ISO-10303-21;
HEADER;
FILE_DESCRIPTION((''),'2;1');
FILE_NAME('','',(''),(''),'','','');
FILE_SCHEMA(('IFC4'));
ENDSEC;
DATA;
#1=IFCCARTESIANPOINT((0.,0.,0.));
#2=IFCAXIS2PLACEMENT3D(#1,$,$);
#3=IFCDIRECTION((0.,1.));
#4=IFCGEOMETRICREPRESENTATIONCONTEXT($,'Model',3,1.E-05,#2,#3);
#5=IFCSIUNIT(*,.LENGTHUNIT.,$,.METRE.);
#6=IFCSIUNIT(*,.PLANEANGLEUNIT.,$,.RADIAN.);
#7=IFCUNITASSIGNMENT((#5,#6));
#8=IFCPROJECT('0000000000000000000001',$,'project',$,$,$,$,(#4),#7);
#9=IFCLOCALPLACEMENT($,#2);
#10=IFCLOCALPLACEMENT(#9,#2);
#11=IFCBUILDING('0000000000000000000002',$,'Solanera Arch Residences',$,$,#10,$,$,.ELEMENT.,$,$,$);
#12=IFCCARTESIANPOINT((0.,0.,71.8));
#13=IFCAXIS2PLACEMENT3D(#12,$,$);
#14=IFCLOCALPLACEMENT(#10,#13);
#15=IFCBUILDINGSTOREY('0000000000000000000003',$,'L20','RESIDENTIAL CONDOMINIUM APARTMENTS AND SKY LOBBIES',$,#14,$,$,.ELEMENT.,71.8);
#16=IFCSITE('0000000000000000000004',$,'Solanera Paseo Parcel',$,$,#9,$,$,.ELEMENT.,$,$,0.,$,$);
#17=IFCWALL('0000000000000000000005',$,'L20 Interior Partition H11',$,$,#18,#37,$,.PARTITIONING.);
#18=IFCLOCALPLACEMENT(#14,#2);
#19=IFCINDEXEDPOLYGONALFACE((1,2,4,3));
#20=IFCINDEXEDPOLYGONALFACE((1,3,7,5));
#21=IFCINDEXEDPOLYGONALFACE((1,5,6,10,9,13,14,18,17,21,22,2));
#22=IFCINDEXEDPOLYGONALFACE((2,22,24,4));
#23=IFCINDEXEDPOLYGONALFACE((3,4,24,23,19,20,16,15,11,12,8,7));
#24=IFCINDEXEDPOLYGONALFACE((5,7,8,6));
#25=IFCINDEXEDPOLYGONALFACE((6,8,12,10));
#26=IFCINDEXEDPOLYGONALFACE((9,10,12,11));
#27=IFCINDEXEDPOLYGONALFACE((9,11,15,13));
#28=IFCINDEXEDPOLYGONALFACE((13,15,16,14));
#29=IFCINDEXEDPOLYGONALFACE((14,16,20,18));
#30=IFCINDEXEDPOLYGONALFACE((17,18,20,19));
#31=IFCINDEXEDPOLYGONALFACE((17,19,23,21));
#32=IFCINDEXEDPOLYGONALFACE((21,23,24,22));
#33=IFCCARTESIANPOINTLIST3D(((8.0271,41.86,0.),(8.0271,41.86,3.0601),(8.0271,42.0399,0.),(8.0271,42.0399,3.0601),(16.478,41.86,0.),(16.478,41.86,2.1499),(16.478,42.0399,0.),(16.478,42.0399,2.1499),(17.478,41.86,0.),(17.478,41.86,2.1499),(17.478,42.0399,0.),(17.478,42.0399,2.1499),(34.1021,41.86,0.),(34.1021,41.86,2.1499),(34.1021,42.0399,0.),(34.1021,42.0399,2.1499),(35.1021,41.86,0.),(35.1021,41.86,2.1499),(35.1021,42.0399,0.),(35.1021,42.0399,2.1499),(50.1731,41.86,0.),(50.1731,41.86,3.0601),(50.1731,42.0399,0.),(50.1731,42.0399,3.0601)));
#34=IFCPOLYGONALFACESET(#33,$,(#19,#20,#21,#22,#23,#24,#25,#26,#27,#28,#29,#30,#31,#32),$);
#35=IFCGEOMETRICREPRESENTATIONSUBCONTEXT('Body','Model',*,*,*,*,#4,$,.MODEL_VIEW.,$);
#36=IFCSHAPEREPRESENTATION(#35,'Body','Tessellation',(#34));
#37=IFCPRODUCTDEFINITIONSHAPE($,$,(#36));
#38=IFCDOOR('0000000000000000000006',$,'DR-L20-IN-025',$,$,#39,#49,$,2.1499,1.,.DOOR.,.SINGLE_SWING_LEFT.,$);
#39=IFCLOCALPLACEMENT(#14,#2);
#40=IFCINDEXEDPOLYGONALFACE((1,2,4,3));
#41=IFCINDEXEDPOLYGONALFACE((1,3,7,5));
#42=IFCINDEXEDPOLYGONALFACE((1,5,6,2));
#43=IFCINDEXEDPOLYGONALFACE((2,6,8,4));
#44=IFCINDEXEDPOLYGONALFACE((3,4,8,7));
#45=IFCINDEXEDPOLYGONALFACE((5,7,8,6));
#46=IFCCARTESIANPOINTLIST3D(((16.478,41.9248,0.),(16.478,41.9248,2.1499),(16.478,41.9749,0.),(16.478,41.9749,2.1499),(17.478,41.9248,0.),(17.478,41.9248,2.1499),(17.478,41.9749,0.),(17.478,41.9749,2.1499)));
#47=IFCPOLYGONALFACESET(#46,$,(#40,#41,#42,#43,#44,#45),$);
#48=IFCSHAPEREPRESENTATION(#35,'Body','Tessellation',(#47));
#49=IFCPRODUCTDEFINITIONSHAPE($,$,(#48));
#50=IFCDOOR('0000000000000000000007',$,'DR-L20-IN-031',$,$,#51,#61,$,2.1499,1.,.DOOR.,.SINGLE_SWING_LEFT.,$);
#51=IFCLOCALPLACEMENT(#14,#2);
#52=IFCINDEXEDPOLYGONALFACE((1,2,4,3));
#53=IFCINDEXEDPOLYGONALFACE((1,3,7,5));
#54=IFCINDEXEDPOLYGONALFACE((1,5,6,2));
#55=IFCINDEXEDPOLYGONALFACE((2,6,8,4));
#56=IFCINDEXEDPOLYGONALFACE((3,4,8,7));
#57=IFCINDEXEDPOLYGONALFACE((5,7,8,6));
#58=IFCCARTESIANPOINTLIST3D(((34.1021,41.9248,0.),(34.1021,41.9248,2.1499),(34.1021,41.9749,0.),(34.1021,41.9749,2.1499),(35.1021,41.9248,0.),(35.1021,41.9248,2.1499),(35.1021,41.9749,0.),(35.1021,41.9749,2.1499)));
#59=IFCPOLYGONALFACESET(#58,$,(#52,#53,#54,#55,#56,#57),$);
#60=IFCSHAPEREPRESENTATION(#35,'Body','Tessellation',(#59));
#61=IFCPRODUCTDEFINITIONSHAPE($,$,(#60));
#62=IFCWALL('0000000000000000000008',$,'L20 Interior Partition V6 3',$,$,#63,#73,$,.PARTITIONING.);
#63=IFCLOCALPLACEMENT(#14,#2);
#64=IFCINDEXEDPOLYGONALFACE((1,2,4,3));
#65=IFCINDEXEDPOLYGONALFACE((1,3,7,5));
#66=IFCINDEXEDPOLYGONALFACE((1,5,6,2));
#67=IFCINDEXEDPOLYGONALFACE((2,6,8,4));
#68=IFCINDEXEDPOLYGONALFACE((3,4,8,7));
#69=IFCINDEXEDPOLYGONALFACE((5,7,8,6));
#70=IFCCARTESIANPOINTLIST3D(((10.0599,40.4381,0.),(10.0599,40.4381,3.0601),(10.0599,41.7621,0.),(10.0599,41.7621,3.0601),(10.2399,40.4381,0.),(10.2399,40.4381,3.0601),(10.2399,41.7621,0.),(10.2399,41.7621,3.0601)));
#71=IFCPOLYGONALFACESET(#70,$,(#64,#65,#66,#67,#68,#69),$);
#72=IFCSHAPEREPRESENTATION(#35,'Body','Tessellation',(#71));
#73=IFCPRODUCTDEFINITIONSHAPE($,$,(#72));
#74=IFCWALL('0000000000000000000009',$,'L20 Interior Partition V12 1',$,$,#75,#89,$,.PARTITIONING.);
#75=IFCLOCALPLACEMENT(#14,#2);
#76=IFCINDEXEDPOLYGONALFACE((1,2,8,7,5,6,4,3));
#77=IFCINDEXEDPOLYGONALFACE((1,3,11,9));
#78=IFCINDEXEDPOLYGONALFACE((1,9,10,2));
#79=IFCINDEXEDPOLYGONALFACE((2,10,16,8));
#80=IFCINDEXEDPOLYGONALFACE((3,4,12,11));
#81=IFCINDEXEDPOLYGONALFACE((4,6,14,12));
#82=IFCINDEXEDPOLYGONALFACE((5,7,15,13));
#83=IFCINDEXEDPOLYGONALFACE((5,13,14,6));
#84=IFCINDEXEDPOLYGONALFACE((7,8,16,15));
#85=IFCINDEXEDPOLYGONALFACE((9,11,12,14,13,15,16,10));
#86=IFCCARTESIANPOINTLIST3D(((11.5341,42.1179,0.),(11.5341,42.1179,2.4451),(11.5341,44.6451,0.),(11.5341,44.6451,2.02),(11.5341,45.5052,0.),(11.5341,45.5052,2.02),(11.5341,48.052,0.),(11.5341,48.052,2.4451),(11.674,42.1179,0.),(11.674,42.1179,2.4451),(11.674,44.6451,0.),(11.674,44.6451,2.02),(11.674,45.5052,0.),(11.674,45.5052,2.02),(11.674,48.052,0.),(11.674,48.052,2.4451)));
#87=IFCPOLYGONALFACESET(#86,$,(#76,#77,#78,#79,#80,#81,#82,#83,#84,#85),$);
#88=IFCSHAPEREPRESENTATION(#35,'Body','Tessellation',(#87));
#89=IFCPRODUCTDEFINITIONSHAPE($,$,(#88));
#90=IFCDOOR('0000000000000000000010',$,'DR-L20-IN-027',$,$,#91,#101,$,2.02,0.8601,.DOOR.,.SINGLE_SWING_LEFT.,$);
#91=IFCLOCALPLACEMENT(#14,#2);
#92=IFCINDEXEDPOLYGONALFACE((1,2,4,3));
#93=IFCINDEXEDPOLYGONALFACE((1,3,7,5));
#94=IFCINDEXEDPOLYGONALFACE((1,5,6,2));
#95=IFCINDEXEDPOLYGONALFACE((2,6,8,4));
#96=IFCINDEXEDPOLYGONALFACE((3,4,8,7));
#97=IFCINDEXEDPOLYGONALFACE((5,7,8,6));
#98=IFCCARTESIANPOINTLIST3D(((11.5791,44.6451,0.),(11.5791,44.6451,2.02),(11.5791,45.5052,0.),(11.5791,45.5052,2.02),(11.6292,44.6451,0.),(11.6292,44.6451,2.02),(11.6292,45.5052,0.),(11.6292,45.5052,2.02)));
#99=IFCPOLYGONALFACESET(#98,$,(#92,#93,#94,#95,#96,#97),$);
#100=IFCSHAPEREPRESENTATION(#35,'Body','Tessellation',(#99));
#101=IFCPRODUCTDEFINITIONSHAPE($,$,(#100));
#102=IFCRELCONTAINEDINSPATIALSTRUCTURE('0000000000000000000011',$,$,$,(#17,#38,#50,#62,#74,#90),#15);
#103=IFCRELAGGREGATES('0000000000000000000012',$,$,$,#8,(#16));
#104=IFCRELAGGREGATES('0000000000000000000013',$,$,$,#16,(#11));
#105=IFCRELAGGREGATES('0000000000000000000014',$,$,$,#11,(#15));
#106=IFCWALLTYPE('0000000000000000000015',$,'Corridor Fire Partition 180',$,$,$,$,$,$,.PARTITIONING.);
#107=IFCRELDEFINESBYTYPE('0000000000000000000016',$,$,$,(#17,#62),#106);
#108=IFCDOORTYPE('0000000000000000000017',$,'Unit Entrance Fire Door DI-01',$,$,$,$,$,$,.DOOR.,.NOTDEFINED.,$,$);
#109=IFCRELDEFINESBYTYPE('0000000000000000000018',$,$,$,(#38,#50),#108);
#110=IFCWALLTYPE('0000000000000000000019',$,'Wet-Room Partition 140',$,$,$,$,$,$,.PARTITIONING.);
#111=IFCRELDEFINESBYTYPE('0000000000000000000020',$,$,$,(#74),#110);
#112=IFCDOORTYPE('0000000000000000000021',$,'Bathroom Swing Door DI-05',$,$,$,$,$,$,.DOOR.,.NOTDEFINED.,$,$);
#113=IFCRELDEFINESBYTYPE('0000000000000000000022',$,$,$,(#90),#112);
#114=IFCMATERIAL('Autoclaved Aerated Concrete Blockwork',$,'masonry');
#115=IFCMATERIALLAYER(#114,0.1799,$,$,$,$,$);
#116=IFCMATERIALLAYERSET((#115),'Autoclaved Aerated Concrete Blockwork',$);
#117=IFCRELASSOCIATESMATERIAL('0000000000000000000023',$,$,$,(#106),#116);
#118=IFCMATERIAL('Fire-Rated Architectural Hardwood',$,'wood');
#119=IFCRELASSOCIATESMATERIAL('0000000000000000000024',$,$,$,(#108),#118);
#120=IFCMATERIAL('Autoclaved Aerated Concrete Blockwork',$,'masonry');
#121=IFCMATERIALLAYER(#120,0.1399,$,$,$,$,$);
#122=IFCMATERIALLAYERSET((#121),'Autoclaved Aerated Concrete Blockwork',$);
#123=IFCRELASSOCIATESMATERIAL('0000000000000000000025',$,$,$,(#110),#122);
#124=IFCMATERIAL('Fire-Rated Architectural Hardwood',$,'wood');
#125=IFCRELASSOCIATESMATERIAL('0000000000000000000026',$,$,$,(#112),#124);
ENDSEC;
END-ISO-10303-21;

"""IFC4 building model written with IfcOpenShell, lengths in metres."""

from ifc_helpers import new_model, si_unit, direction, frame, frame_2d, origin, place, context, subcontext, project, spatial, rectangle, extrude, material, layer, layer_set, type_object, element, fill, save


model = new_model("IFC4")

# Units and contexts
model_context = context("Model", 3, precision=1e-05, world=origin(), true_north=direction((0.0, 1.0)))
body_context = subcontext(model_context, "Body", "Model", "MODEL_VIEW")
ifc_project = project(units=[si_unit("LENGTHUNIT", "METRE"), si_unit("PLANEANGLEUNIT", "RADIAN")], contexts=[model_context])

# Site, building, storey
site_placement = place(None, origin())
site = spatial("IfcSite", under=ifc_project, at=site_placement, Name="Solanera Paseo Parcel", CompositionType="ELEMENT", RefElevation=0.0)
building_placement = place(site_placement, origin())
building = spatial("IfcBuilding", under=site, at=building_placement, Name="Solanera Arch Residences", CompositionType="ELEMENT")
storey_placement = place(building_placement, frame((0.0, 0.0, 71.8)))
storey = spatial("IfcBuildingStorey", under=building, at=storey_placement, Name="L20", Description="RESIDENTIAL CONDOMINIUM APARTMENTS AND SKY LOBBIES", CompositionType="ELEMENT", Elevation=71.8)

# Wall, openings, doors
ifc_material_1 = material(Name="Autoclaved Aerated Concrete Blockwork", Category="masonry")
ifc_layer_1 = layer(ifc_material_1, 0.1799)
ifc_layer_set_1 = layer_set([ifc_layer_1], Name="Autoclaved Aerated Concrete Blockwork")
wall_type_1 = type_object("IfcWallType", Name="Corridor Fire Partition 180", PredefinedType="PARTITIONING", material=ifc_layer_set_1)
ifc_material_2 = material(Name="Fire-Rated Architectural Hardwood", Category="wood")
door_type_1 = type_object("IfcDoorType", Name="Unit Entrance Fire Door DI-01", OperationType="NOTDEFINED", PredefinedType="DOOR", material=ifc_material_2)
wall_1_placement = place(storey_placement, frame((8.0271, 41.95, 0.0), z_axis=(0.0, 0.0, 1.0), x_axis=(1.0, 0.0, 0.0)))
wall_1 = element("IfcWall", 1, at=wall_1_placement, inside=storey, type_object=wall_type_1, Name="L20 Interior Partition H11", PredefinedType="PARTITIONING", context=body_context, shape_type="SweptSolid", body=[
    extrude(rectangle(XDim=42.146, YDim=0.1799, at=frame_2d((21.073, 0.0))), origin(), (0.0, 0.0, 1.0), 3.0601),
])
opening_1_placement = place(wall_1_placement, frame((8.4509, 0.0, 0.0)))
opening_1 = element("IfcOpeningElement", 2, at=opening_1_placement, cuts=wall_1, PredefinedType="OPENING", context=body_context, shape_type="SweptSolid", body=[
    extrude(rectangle(XDim=1.0, YDim=2.1499, at=frame_2d((0.5, 1.075))), frame((0.0, 0.1001, 0.0), z_axis=(0.0, -1.0, 0.0), x_axis=(1.0, 0.0, 0.0)), (0.0, 0.0, 1.0), 0.1999),
])
opening_2_placement = place(wall_1_placement, frame((26.075, 0.0, 0.0)))
opening_2 = element("IfcOpeningElement", 3, at=opening_2_placement, cuts=wall_1, PredefinedType="OPENING", context=body_context, shape_type="SweptSolid", body=[
    extrude(rectangle(XDim=1.0, YDim=2.1499, at=frame_2d((0.5, 1.075))), frame((0.0, 0.1001, 0.0), z_axis=(0.0, -1.0, 0.0), x_axis=(1.0, 0.0, 0.0)), (0.0, 0.0, 1.0), 0.1999),
])
door_1_placement = place(opening_1_placement, origin())
door_1 = element("IfcDoor", 4, at=door_1_placement, inside=storey, type_object=door_type_1, Name="DR-L20-IN-025", OperationType="SINGLE_SWING_LEFT", OverallHeight=2.1499, OverallWidth=1.0, PredefinedType="DOOR", context=body_context, shape_type="SweptSolid", body=[
    extrude(rectangle(XDim=1.0, YDim=2.1499, at=frame_2d((0.5, 1.075))), frame((0.0, 0.0249, 0.0), z_axis=(0.0, -1.0, 0.0), x_axis=(1.0, 0.0, 0.0)), (0.0, 0.0, 1.0), 0.05),
])
fill(opening_1, door_1)
door_2_placement = place(opening_2_placement, origin())
door_2 = element("IfcDoor", 5, at=door_2_placement, inside=storey, type_object=door_type_1, Name="DR-L20-IN-031", OperationType="SINGLE_SWING_LEFT", OverallHeight=2.1499, OverallWidth=1.0, PredefinedType="DOOR", context=body_context, shape_type="SweptSolid", body=[
    extrude(rectangle(XDim=1.0, YDim=2.1499, at=frame_2d((0.5, 1.075))), frame((0.0, 0.0249, 0.0), z_axis=(0.0, -1.0, 0.0), x_axis=(1.0, 0.0, 0.0)), (0.0, 0.0, 1.0), 0.05),
])
fill(opening_2, door_2)

# Wall
wall_2_placement = place(storey_placement, frame((10.1499, 40.438, 0.0), z_axis=(0.0, 0.0, 1.0), x_axis=(0.0, 1.0, 0.0)))
element("IfcWall", 6, at=wall_2_placement, inside=storey, type_object=wall_type_1, Name="L20 Interior Partition V6 3", PredefinedType="PARTITIONING", context=body_context, shape_type="SweptSolid", body=[
    extrude(rectangle(XDim=1.324, YDim=0.1799, at=frame_2d((0.6621, 0.0))), origin(), (0.0, 0.0, 1.0), 3.0601),
])

# Wall, opening, door
ifc_material_3 = material(Name="Autoclaved Aerated Concrete Blockwork", Category="masonry")
ifc_layer_2 = layer(ifc_material_3, 0.1399)
ifc_layer_set_2 = layer_set([ifc_layer_2], Name="Autoclaved Aerated Concrete Blockwork")
wall_type_2 = type_object("IfcWallType", Name="Wet-Room Partition 140", PredefinedType="PARTITIONING", material=ifc_layer_set_2)
wall_3_placement = place(storey_placement, frame((11.604, 42.1179, 0.0), z_axis=(0.0, 0.0, 1.0), x_axis=(0.0, 1.0, 0.0)))
wall_3 = element("IfcWall", 7, at=wall_3_placement, inside=storey, type_object=wall_type_2, Name="L20 Interior Partition V12 1", PredefinedType="PARTITIONING", context=body_context, shape_type="SweptSolid", body=[
    extrude(rectangle(XDim=5.9341, YDim=0.1399, at=frame_2d((2.967, 0.0))), origin(), (0.0, 0.0, 1.0), 2.4451),
])
opening_3_placement = place(wall_3_placement, frame((2.5271, 0.0, 0.0)))
opening_3 = element("IfcOpeningElement", 8, at=opening_3_placement, cuts=wall_3, PredefinedType="OPENING", context=body_context, shape_type="SweptSolid", body=[
    extrude(rectangle(XDim=0.8601, YDim=2.02, at=frame_2d((0.4302, 1.01))), frame((0.0, 0.0798, 0.0), z_axis=(0.0, -1.0, 0.0), x_axis=(1.0, 0.0, 0.0)), (0.0, 0.0, 1.0), 0.1599),
])
ifc_material_4 = material(Name="Fire-Rated Architectural Hardwood", Category="wood")
door_type_2 = type_object("IfcDoorType", Name="Bathroom Swing Door DI-05", OperationType="NOTDEFINED", PredefinedType="DOOR", material=ifc_material_4)
door_3_placement = place(opening_3_placement, origin())
door_3 = element("IfcDoor", 9, at=door_3_placement, inside=storey, type_object=door_type_2, Name="DR-L20-IN-027", OperationType="SINGLE_SWING_LEFT", OverallHeight=2.02, OverallWidth=0.8601, PredefinedType="DOOR", context=body_context, shape_type="SweptSolid", body=[
    extrude(rectangle(XDim=0.8601, YDim=2.02, at=frame_2d((0.4302, 1.01))), frame((0.0, 0.0249, 0.0), z_axis=(0.0, -1.0, 0.0), x_axis=(1.0, 0.0, 0.0)), (0.0, 0.0, 1.0), 0.05),
])
fill(opening_3, door_3)

save(model, "model.ifc")
